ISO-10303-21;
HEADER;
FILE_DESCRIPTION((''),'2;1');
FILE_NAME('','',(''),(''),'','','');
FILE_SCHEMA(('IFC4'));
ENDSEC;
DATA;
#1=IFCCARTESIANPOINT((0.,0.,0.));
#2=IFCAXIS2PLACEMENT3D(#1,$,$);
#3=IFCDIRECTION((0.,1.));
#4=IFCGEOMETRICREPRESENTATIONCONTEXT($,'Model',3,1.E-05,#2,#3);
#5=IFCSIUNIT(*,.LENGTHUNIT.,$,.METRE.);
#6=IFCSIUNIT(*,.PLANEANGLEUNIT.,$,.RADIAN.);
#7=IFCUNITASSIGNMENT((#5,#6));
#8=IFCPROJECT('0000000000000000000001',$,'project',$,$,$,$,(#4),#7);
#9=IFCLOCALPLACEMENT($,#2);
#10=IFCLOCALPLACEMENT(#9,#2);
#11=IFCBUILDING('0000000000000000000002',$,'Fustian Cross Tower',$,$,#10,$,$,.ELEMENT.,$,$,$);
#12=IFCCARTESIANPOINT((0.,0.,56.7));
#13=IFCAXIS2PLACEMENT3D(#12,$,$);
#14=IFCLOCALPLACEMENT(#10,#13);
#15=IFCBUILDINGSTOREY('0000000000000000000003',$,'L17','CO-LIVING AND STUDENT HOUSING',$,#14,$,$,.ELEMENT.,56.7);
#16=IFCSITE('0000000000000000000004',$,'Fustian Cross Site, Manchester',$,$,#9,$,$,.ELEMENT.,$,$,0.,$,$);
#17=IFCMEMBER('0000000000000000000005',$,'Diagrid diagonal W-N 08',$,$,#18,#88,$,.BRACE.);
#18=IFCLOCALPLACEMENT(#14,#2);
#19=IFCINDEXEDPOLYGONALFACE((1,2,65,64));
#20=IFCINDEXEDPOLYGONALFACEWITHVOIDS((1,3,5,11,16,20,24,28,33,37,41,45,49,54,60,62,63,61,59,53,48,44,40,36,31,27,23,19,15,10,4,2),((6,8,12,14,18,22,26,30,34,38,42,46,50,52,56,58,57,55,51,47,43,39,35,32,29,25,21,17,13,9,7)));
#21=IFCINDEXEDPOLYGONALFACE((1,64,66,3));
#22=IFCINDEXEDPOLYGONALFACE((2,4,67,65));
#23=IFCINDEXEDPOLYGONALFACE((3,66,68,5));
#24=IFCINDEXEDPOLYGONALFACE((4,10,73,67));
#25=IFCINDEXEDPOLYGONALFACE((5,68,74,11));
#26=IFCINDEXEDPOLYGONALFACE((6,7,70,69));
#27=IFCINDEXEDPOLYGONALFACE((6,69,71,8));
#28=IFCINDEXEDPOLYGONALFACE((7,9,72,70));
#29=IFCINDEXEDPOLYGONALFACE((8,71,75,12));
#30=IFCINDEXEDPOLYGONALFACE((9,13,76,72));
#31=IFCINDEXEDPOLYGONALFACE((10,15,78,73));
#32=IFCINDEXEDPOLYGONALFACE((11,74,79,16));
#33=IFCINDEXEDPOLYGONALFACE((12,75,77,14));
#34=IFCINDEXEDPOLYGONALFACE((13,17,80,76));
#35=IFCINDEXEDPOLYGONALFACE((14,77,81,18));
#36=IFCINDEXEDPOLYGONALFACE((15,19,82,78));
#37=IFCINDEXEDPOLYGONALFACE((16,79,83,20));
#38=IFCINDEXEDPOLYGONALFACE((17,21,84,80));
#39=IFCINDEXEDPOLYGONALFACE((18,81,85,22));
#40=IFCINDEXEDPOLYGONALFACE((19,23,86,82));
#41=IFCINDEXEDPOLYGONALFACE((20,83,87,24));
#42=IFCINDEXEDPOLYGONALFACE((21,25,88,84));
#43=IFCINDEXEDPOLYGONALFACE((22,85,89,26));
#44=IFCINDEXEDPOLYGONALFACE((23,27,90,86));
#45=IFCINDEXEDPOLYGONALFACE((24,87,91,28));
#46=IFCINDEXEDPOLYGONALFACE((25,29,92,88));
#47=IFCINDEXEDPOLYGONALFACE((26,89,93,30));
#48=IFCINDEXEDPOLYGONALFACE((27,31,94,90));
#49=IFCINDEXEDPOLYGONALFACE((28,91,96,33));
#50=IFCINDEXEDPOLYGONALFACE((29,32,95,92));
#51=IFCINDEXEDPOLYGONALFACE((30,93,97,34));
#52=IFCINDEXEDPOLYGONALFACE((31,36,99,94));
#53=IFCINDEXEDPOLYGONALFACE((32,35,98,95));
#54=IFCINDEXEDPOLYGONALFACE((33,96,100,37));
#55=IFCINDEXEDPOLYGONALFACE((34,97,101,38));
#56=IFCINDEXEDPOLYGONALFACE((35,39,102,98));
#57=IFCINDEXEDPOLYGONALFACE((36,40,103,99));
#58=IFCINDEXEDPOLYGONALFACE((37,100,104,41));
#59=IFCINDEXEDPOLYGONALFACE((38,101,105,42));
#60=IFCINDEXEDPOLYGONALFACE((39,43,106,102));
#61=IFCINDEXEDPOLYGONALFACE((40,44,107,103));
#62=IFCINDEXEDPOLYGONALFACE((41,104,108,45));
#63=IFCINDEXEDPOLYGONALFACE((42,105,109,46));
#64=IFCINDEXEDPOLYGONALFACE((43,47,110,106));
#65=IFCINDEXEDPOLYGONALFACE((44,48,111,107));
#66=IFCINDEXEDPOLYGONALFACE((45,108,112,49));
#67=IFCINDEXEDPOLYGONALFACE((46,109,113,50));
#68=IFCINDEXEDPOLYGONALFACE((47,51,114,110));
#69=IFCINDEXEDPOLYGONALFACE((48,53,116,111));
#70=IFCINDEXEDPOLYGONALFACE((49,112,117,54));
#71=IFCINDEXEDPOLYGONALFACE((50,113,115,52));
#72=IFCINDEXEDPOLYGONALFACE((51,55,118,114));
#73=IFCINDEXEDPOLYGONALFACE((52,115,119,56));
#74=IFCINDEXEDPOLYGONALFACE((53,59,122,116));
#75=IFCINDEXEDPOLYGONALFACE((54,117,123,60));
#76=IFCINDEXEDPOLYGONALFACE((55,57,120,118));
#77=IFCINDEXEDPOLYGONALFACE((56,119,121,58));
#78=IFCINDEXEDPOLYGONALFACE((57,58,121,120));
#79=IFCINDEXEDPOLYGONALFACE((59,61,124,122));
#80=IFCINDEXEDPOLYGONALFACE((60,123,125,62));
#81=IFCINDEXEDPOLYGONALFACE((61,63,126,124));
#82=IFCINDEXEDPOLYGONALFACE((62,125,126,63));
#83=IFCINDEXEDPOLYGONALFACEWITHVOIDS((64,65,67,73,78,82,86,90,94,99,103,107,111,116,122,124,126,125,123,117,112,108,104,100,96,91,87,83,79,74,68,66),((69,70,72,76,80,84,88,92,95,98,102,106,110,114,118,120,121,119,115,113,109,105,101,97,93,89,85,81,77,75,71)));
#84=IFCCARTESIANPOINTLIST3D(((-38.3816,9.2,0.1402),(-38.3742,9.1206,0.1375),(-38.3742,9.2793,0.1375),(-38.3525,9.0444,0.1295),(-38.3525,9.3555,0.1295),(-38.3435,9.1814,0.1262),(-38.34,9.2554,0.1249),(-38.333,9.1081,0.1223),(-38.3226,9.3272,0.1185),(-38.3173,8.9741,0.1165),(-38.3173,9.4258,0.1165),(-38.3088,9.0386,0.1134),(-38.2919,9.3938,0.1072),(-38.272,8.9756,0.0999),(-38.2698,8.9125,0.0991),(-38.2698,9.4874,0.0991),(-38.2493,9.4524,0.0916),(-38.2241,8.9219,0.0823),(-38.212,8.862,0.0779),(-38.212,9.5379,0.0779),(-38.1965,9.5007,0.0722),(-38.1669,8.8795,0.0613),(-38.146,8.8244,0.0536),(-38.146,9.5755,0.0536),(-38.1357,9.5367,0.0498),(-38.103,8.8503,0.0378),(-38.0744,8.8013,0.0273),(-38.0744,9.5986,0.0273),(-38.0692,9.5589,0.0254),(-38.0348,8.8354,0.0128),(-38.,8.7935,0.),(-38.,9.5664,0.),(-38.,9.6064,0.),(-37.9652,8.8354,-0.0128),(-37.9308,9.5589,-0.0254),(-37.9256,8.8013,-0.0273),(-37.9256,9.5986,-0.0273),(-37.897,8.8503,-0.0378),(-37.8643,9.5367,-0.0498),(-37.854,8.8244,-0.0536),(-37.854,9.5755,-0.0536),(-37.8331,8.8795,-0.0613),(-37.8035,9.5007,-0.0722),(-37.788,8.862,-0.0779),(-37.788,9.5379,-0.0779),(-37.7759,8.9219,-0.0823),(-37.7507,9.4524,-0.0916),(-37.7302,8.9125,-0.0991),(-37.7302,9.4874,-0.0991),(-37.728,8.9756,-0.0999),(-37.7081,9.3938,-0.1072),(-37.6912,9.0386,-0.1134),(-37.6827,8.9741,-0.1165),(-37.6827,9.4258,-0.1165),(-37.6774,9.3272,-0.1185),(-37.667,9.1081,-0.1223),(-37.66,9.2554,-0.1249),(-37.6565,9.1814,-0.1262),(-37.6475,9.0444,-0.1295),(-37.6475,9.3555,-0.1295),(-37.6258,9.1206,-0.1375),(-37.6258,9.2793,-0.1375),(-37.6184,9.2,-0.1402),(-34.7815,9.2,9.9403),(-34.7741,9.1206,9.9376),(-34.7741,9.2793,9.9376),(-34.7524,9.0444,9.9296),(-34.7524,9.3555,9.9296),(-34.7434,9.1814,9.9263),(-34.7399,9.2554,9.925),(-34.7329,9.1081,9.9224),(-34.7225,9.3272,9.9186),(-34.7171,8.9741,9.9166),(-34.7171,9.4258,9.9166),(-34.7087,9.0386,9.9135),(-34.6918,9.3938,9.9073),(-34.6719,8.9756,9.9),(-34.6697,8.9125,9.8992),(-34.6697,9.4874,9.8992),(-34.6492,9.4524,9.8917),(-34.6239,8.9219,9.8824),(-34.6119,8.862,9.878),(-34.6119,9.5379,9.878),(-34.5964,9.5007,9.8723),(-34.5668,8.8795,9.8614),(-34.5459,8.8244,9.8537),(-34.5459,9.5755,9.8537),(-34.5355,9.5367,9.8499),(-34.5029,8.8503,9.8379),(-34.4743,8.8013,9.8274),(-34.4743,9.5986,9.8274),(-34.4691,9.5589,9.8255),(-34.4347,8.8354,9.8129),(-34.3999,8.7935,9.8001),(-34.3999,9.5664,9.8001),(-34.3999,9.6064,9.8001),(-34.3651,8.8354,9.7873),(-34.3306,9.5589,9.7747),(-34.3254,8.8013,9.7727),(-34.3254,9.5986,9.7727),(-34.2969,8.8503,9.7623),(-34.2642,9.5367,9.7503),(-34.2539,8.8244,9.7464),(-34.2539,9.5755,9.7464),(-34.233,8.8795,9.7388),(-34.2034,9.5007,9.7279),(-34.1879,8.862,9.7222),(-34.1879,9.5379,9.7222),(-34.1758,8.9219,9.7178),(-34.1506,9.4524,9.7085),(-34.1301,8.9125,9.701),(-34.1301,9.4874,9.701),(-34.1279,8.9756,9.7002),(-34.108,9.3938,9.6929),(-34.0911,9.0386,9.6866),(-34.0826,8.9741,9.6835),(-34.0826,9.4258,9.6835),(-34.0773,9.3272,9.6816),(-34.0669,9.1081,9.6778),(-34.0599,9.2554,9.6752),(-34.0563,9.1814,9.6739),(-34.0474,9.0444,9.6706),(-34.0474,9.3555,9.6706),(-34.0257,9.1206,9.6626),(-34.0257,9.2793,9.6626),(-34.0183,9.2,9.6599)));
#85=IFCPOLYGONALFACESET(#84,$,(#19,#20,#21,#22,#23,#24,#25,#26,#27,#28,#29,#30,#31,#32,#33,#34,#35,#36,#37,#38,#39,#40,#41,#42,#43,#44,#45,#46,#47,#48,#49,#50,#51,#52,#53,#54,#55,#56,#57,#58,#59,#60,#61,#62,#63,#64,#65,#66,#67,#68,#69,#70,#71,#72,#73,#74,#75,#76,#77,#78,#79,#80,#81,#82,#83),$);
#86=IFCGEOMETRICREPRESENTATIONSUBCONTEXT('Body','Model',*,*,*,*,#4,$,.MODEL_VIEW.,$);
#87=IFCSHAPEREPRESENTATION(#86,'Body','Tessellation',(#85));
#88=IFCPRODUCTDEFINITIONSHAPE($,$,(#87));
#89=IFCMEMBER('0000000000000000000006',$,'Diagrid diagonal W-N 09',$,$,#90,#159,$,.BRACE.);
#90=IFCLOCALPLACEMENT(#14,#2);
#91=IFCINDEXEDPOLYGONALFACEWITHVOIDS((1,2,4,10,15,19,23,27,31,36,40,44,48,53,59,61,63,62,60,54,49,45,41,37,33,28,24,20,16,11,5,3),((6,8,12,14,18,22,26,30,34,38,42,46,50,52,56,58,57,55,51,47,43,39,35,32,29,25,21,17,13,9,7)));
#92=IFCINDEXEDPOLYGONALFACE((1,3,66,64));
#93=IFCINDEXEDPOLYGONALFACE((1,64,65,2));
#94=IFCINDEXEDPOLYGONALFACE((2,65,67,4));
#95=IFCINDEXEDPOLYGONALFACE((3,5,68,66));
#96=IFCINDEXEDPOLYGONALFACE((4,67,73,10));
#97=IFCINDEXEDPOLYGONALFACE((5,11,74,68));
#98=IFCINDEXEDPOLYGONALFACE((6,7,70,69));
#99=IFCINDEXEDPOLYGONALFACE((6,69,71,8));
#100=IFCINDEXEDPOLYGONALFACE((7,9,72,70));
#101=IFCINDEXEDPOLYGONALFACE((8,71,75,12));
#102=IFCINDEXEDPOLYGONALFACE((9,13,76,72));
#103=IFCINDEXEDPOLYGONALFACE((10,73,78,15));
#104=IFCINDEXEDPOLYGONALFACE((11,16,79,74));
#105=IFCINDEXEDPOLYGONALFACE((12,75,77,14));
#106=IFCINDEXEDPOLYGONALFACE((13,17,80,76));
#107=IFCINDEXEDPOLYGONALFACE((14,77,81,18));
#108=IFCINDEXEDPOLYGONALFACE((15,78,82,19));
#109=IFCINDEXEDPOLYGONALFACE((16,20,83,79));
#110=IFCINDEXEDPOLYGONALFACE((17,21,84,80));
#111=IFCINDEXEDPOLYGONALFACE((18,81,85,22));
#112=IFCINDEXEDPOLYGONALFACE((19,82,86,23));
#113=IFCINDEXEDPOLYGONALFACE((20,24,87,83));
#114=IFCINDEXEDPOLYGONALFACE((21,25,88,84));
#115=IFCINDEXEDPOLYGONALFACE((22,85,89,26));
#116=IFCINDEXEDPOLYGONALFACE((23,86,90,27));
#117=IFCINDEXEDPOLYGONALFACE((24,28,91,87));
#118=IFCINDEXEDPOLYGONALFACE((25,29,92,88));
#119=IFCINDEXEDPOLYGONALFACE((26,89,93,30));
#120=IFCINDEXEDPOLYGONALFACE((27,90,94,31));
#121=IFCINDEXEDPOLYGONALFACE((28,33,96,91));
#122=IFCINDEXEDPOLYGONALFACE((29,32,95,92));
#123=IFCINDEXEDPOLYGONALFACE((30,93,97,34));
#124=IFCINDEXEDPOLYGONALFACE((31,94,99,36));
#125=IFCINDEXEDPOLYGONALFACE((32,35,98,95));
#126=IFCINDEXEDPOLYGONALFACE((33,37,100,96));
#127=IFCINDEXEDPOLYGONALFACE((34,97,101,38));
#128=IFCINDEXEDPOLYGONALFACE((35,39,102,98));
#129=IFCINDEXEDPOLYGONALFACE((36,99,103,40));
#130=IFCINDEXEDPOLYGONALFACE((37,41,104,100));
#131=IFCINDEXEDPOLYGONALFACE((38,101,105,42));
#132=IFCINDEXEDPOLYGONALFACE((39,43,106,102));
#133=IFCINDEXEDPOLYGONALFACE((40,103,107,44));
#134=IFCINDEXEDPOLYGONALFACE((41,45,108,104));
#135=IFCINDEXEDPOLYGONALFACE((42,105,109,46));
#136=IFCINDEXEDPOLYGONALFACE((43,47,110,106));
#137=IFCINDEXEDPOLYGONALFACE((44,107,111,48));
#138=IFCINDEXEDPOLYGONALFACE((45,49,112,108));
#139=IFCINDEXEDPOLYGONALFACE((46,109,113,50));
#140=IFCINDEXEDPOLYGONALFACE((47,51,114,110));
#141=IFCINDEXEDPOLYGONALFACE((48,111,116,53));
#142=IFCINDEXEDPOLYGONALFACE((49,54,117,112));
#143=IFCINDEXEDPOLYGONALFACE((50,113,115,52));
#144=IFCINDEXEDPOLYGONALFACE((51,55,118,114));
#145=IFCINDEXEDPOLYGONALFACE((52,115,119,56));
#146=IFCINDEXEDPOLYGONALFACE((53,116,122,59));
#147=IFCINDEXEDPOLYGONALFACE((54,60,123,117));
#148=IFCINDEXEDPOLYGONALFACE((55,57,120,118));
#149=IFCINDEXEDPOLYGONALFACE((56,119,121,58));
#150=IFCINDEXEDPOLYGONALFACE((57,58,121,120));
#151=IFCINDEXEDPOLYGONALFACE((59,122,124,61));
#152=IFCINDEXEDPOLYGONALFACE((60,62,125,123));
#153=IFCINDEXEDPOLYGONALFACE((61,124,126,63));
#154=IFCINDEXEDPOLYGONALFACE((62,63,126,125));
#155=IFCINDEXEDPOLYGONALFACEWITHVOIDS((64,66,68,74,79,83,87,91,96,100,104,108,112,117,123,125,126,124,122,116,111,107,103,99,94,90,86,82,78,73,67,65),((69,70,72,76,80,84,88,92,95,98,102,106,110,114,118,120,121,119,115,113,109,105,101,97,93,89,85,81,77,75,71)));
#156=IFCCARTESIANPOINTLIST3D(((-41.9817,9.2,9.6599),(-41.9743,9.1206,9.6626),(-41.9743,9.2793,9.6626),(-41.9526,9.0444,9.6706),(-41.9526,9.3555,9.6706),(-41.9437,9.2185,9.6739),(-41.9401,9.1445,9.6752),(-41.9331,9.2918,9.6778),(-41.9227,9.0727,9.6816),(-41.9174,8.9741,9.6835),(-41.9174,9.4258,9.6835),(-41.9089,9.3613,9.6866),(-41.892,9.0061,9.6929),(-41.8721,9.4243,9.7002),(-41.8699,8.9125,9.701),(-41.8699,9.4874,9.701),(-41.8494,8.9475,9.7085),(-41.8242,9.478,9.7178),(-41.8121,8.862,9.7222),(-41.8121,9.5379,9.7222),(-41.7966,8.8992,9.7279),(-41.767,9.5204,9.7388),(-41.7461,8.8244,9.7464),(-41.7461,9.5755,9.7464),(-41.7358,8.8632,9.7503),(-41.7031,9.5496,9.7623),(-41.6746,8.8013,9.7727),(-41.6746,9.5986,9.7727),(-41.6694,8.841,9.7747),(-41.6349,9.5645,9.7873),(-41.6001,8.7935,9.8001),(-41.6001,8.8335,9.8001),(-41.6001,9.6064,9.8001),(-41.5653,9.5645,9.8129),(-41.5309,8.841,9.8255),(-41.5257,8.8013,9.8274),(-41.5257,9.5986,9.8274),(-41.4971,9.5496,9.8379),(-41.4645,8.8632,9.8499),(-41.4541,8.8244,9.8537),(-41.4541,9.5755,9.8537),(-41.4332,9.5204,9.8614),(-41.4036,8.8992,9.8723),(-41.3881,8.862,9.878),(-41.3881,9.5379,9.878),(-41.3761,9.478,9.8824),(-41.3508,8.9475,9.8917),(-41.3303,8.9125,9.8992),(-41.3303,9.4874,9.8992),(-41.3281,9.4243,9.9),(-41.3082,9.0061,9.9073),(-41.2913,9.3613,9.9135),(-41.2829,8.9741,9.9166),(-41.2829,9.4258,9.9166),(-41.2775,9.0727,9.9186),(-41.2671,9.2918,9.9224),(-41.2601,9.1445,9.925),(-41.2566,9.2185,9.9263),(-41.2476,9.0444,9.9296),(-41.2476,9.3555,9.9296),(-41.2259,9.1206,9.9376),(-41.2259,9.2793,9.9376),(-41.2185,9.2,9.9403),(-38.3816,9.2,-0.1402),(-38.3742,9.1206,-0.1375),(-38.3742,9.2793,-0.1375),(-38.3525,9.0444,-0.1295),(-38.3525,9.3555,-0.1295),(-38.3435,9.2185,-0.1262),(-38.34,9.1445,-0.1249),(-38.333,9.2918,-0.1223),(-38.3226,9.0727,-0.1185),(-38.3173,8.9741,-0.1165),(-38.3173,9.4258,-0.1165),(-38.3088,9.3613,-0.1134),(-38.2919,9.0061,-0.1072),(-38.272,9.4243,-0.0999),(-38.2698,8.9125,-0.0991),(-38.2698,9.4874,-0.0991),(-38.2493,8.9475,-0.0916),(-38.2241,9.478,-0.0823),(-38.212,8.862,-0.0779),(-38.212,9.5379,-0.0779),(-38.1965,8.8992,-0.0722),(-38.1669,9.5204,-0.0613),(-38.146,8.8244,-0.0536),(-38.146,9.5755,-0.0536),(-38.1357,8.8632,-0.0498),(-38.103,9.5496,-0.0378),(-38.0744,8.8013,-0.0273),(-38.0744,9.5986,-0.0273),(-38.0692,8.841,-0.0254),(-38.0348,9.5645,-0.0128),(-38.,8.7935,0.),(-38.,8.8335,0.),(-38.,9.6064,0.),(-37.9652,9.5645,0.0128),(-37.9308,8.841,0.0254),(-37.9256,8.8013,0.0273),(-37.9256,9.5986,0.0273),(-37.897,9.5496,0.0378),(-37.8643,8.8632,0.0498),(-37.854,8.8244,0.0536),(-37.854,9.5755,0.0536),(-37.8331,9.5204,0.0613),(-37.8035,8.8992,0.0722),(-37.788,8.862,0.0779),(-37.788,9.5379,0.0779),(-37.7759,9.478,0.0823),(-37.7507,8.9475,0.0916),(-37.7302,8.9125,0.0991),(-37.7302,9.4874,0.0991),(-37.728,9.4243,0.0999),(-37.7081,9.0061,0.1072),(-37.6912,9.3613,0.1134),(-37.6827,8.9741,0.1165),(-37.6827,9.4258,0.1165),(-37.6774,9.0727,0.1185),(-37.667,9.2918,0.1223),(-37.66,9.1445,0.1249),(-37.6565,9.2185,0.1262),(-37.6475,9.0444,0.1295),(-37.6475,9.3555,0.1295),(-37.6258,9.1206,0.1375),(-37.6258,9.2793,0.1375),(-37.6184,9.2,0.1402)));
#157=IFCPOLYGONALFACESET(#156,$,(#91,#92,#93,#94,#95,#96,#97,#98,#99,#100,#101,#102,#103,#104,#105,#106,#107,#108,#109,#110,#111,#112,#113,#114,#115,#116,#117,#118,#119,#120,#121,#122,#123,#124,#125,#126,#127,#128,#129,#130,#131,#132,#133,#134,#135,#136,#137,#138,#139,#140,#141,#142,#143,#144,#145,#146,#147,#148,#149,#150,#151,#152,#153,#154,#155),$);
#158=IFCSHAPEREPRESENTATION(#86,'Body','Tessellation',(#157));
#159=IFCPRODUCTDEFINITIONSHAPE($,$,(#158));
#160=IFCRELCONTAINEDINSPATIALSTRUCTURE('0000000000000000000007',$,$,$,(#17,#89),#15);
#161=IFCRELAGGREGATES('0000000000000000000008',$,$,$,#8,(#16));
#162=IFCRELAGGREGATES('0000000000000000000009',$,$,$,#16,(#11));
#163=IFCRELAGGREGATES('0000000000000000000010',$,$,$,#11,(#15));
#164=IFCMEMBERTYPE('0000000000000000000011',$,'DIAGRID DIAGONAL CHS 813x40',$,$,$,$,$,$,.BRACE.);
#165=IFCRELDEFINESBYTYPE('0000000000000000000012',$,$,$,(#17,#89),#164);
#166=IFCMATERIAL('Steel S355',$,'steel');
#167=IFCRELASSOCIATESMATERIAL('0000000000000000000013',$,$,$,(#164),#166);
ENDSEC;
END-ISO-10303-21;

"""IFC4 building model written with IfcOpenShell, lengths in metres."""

from ifc_helpers import new_model, si_unit, direction, frame, origin, origin_2d, place, context, subcontext, project, spatial, hollow_circle, extrude, material, material_profile, profile_set, type_object, element, save


model = new_model("IFC4")

# Units and contexts
model_context = context("Model", 3, precision=1e-05, world=origin(), true_north=direction((0.0, 1.0)))
body_context = subcontext(model_context, "Body", "Model", "MODEL_VIEW")
ifc_project = project(units=[si_unit("LENGTHUNIT", "METRE"), si_unit("PLANEANGLEUNIT", "RADIAN")], contexts=[model_context])

# Site, building, storey
site_placement = place(None, origin())
site = spatial("IfcSite", under=ifc_project, at=site_placement, Name="Fustian Cross Site, Manchester", CompositionType="ELEMENT", RefElevation=0.0)
building_placement = place(site_placement, origin())
building = spatial("IfcBuilding", under=site, at=building_placement, Name="Fustian Cross Tower", CompositionType="ELEMENT")
storey_placement = place(building_placement, frame((0.0, 0.0, 56.7)))
storey = spatial("IfcBuildingStorey", under=building, at=storey_placement, Name="L17", Description="CO-LIVING AND STUDENT HOUSING", CompositionType="ELEMENT", Elevation=56.7)

# Members
ifc_material_1 = material(Name="Steel S355", Category="steel")
ifc_material_profile_1 = material_profile(ifc_material_1, hollow_circle(Radius=0.4065, WallThickness=0.04, at=origin_2d()), Name="CHS 813x40")
ifc_profile_set_1 = profile_set([ifc_material_profile_1], Name="Steel S355")
member_type_1 = type_object("IfcMemberType", Name="DIAGRID DIAGONAL CHS 813x40", PredefinedType="BRACE", material=ifc_profile_set_1)
for number, where, z_axis, x_axis, name in (
    (1, (-38.0, 9.2, 0.0), (0.344824, 0.0, 0.938667), (0.0, 1.0, 0.0), "Diagrid diagonal W-N 08"),
    (2, (-38.0, 9.2, 0.0), (-0.344824, 0.0, 0.938667), (0.0, -1.0, 0.0), "Diagrid diagonal W-N 09"),
):
    element("IfcMember", number, at=place(storey_placement, frame(where, z_axis=z_axis, x_axis=x_axis)), inside=storey, type_object=member_type_1, Name=name, PredefinedType="BRACE", context=body_context, shape_type="SweptSolid", body=[
        extrude(hollow_circle(Radius=0.4065, WallThickness=0.04, at=origin_2d()), origin(), (0.0, 0.0, 1.0), 10.4404),
    ])

save(model, "model.ifc")
